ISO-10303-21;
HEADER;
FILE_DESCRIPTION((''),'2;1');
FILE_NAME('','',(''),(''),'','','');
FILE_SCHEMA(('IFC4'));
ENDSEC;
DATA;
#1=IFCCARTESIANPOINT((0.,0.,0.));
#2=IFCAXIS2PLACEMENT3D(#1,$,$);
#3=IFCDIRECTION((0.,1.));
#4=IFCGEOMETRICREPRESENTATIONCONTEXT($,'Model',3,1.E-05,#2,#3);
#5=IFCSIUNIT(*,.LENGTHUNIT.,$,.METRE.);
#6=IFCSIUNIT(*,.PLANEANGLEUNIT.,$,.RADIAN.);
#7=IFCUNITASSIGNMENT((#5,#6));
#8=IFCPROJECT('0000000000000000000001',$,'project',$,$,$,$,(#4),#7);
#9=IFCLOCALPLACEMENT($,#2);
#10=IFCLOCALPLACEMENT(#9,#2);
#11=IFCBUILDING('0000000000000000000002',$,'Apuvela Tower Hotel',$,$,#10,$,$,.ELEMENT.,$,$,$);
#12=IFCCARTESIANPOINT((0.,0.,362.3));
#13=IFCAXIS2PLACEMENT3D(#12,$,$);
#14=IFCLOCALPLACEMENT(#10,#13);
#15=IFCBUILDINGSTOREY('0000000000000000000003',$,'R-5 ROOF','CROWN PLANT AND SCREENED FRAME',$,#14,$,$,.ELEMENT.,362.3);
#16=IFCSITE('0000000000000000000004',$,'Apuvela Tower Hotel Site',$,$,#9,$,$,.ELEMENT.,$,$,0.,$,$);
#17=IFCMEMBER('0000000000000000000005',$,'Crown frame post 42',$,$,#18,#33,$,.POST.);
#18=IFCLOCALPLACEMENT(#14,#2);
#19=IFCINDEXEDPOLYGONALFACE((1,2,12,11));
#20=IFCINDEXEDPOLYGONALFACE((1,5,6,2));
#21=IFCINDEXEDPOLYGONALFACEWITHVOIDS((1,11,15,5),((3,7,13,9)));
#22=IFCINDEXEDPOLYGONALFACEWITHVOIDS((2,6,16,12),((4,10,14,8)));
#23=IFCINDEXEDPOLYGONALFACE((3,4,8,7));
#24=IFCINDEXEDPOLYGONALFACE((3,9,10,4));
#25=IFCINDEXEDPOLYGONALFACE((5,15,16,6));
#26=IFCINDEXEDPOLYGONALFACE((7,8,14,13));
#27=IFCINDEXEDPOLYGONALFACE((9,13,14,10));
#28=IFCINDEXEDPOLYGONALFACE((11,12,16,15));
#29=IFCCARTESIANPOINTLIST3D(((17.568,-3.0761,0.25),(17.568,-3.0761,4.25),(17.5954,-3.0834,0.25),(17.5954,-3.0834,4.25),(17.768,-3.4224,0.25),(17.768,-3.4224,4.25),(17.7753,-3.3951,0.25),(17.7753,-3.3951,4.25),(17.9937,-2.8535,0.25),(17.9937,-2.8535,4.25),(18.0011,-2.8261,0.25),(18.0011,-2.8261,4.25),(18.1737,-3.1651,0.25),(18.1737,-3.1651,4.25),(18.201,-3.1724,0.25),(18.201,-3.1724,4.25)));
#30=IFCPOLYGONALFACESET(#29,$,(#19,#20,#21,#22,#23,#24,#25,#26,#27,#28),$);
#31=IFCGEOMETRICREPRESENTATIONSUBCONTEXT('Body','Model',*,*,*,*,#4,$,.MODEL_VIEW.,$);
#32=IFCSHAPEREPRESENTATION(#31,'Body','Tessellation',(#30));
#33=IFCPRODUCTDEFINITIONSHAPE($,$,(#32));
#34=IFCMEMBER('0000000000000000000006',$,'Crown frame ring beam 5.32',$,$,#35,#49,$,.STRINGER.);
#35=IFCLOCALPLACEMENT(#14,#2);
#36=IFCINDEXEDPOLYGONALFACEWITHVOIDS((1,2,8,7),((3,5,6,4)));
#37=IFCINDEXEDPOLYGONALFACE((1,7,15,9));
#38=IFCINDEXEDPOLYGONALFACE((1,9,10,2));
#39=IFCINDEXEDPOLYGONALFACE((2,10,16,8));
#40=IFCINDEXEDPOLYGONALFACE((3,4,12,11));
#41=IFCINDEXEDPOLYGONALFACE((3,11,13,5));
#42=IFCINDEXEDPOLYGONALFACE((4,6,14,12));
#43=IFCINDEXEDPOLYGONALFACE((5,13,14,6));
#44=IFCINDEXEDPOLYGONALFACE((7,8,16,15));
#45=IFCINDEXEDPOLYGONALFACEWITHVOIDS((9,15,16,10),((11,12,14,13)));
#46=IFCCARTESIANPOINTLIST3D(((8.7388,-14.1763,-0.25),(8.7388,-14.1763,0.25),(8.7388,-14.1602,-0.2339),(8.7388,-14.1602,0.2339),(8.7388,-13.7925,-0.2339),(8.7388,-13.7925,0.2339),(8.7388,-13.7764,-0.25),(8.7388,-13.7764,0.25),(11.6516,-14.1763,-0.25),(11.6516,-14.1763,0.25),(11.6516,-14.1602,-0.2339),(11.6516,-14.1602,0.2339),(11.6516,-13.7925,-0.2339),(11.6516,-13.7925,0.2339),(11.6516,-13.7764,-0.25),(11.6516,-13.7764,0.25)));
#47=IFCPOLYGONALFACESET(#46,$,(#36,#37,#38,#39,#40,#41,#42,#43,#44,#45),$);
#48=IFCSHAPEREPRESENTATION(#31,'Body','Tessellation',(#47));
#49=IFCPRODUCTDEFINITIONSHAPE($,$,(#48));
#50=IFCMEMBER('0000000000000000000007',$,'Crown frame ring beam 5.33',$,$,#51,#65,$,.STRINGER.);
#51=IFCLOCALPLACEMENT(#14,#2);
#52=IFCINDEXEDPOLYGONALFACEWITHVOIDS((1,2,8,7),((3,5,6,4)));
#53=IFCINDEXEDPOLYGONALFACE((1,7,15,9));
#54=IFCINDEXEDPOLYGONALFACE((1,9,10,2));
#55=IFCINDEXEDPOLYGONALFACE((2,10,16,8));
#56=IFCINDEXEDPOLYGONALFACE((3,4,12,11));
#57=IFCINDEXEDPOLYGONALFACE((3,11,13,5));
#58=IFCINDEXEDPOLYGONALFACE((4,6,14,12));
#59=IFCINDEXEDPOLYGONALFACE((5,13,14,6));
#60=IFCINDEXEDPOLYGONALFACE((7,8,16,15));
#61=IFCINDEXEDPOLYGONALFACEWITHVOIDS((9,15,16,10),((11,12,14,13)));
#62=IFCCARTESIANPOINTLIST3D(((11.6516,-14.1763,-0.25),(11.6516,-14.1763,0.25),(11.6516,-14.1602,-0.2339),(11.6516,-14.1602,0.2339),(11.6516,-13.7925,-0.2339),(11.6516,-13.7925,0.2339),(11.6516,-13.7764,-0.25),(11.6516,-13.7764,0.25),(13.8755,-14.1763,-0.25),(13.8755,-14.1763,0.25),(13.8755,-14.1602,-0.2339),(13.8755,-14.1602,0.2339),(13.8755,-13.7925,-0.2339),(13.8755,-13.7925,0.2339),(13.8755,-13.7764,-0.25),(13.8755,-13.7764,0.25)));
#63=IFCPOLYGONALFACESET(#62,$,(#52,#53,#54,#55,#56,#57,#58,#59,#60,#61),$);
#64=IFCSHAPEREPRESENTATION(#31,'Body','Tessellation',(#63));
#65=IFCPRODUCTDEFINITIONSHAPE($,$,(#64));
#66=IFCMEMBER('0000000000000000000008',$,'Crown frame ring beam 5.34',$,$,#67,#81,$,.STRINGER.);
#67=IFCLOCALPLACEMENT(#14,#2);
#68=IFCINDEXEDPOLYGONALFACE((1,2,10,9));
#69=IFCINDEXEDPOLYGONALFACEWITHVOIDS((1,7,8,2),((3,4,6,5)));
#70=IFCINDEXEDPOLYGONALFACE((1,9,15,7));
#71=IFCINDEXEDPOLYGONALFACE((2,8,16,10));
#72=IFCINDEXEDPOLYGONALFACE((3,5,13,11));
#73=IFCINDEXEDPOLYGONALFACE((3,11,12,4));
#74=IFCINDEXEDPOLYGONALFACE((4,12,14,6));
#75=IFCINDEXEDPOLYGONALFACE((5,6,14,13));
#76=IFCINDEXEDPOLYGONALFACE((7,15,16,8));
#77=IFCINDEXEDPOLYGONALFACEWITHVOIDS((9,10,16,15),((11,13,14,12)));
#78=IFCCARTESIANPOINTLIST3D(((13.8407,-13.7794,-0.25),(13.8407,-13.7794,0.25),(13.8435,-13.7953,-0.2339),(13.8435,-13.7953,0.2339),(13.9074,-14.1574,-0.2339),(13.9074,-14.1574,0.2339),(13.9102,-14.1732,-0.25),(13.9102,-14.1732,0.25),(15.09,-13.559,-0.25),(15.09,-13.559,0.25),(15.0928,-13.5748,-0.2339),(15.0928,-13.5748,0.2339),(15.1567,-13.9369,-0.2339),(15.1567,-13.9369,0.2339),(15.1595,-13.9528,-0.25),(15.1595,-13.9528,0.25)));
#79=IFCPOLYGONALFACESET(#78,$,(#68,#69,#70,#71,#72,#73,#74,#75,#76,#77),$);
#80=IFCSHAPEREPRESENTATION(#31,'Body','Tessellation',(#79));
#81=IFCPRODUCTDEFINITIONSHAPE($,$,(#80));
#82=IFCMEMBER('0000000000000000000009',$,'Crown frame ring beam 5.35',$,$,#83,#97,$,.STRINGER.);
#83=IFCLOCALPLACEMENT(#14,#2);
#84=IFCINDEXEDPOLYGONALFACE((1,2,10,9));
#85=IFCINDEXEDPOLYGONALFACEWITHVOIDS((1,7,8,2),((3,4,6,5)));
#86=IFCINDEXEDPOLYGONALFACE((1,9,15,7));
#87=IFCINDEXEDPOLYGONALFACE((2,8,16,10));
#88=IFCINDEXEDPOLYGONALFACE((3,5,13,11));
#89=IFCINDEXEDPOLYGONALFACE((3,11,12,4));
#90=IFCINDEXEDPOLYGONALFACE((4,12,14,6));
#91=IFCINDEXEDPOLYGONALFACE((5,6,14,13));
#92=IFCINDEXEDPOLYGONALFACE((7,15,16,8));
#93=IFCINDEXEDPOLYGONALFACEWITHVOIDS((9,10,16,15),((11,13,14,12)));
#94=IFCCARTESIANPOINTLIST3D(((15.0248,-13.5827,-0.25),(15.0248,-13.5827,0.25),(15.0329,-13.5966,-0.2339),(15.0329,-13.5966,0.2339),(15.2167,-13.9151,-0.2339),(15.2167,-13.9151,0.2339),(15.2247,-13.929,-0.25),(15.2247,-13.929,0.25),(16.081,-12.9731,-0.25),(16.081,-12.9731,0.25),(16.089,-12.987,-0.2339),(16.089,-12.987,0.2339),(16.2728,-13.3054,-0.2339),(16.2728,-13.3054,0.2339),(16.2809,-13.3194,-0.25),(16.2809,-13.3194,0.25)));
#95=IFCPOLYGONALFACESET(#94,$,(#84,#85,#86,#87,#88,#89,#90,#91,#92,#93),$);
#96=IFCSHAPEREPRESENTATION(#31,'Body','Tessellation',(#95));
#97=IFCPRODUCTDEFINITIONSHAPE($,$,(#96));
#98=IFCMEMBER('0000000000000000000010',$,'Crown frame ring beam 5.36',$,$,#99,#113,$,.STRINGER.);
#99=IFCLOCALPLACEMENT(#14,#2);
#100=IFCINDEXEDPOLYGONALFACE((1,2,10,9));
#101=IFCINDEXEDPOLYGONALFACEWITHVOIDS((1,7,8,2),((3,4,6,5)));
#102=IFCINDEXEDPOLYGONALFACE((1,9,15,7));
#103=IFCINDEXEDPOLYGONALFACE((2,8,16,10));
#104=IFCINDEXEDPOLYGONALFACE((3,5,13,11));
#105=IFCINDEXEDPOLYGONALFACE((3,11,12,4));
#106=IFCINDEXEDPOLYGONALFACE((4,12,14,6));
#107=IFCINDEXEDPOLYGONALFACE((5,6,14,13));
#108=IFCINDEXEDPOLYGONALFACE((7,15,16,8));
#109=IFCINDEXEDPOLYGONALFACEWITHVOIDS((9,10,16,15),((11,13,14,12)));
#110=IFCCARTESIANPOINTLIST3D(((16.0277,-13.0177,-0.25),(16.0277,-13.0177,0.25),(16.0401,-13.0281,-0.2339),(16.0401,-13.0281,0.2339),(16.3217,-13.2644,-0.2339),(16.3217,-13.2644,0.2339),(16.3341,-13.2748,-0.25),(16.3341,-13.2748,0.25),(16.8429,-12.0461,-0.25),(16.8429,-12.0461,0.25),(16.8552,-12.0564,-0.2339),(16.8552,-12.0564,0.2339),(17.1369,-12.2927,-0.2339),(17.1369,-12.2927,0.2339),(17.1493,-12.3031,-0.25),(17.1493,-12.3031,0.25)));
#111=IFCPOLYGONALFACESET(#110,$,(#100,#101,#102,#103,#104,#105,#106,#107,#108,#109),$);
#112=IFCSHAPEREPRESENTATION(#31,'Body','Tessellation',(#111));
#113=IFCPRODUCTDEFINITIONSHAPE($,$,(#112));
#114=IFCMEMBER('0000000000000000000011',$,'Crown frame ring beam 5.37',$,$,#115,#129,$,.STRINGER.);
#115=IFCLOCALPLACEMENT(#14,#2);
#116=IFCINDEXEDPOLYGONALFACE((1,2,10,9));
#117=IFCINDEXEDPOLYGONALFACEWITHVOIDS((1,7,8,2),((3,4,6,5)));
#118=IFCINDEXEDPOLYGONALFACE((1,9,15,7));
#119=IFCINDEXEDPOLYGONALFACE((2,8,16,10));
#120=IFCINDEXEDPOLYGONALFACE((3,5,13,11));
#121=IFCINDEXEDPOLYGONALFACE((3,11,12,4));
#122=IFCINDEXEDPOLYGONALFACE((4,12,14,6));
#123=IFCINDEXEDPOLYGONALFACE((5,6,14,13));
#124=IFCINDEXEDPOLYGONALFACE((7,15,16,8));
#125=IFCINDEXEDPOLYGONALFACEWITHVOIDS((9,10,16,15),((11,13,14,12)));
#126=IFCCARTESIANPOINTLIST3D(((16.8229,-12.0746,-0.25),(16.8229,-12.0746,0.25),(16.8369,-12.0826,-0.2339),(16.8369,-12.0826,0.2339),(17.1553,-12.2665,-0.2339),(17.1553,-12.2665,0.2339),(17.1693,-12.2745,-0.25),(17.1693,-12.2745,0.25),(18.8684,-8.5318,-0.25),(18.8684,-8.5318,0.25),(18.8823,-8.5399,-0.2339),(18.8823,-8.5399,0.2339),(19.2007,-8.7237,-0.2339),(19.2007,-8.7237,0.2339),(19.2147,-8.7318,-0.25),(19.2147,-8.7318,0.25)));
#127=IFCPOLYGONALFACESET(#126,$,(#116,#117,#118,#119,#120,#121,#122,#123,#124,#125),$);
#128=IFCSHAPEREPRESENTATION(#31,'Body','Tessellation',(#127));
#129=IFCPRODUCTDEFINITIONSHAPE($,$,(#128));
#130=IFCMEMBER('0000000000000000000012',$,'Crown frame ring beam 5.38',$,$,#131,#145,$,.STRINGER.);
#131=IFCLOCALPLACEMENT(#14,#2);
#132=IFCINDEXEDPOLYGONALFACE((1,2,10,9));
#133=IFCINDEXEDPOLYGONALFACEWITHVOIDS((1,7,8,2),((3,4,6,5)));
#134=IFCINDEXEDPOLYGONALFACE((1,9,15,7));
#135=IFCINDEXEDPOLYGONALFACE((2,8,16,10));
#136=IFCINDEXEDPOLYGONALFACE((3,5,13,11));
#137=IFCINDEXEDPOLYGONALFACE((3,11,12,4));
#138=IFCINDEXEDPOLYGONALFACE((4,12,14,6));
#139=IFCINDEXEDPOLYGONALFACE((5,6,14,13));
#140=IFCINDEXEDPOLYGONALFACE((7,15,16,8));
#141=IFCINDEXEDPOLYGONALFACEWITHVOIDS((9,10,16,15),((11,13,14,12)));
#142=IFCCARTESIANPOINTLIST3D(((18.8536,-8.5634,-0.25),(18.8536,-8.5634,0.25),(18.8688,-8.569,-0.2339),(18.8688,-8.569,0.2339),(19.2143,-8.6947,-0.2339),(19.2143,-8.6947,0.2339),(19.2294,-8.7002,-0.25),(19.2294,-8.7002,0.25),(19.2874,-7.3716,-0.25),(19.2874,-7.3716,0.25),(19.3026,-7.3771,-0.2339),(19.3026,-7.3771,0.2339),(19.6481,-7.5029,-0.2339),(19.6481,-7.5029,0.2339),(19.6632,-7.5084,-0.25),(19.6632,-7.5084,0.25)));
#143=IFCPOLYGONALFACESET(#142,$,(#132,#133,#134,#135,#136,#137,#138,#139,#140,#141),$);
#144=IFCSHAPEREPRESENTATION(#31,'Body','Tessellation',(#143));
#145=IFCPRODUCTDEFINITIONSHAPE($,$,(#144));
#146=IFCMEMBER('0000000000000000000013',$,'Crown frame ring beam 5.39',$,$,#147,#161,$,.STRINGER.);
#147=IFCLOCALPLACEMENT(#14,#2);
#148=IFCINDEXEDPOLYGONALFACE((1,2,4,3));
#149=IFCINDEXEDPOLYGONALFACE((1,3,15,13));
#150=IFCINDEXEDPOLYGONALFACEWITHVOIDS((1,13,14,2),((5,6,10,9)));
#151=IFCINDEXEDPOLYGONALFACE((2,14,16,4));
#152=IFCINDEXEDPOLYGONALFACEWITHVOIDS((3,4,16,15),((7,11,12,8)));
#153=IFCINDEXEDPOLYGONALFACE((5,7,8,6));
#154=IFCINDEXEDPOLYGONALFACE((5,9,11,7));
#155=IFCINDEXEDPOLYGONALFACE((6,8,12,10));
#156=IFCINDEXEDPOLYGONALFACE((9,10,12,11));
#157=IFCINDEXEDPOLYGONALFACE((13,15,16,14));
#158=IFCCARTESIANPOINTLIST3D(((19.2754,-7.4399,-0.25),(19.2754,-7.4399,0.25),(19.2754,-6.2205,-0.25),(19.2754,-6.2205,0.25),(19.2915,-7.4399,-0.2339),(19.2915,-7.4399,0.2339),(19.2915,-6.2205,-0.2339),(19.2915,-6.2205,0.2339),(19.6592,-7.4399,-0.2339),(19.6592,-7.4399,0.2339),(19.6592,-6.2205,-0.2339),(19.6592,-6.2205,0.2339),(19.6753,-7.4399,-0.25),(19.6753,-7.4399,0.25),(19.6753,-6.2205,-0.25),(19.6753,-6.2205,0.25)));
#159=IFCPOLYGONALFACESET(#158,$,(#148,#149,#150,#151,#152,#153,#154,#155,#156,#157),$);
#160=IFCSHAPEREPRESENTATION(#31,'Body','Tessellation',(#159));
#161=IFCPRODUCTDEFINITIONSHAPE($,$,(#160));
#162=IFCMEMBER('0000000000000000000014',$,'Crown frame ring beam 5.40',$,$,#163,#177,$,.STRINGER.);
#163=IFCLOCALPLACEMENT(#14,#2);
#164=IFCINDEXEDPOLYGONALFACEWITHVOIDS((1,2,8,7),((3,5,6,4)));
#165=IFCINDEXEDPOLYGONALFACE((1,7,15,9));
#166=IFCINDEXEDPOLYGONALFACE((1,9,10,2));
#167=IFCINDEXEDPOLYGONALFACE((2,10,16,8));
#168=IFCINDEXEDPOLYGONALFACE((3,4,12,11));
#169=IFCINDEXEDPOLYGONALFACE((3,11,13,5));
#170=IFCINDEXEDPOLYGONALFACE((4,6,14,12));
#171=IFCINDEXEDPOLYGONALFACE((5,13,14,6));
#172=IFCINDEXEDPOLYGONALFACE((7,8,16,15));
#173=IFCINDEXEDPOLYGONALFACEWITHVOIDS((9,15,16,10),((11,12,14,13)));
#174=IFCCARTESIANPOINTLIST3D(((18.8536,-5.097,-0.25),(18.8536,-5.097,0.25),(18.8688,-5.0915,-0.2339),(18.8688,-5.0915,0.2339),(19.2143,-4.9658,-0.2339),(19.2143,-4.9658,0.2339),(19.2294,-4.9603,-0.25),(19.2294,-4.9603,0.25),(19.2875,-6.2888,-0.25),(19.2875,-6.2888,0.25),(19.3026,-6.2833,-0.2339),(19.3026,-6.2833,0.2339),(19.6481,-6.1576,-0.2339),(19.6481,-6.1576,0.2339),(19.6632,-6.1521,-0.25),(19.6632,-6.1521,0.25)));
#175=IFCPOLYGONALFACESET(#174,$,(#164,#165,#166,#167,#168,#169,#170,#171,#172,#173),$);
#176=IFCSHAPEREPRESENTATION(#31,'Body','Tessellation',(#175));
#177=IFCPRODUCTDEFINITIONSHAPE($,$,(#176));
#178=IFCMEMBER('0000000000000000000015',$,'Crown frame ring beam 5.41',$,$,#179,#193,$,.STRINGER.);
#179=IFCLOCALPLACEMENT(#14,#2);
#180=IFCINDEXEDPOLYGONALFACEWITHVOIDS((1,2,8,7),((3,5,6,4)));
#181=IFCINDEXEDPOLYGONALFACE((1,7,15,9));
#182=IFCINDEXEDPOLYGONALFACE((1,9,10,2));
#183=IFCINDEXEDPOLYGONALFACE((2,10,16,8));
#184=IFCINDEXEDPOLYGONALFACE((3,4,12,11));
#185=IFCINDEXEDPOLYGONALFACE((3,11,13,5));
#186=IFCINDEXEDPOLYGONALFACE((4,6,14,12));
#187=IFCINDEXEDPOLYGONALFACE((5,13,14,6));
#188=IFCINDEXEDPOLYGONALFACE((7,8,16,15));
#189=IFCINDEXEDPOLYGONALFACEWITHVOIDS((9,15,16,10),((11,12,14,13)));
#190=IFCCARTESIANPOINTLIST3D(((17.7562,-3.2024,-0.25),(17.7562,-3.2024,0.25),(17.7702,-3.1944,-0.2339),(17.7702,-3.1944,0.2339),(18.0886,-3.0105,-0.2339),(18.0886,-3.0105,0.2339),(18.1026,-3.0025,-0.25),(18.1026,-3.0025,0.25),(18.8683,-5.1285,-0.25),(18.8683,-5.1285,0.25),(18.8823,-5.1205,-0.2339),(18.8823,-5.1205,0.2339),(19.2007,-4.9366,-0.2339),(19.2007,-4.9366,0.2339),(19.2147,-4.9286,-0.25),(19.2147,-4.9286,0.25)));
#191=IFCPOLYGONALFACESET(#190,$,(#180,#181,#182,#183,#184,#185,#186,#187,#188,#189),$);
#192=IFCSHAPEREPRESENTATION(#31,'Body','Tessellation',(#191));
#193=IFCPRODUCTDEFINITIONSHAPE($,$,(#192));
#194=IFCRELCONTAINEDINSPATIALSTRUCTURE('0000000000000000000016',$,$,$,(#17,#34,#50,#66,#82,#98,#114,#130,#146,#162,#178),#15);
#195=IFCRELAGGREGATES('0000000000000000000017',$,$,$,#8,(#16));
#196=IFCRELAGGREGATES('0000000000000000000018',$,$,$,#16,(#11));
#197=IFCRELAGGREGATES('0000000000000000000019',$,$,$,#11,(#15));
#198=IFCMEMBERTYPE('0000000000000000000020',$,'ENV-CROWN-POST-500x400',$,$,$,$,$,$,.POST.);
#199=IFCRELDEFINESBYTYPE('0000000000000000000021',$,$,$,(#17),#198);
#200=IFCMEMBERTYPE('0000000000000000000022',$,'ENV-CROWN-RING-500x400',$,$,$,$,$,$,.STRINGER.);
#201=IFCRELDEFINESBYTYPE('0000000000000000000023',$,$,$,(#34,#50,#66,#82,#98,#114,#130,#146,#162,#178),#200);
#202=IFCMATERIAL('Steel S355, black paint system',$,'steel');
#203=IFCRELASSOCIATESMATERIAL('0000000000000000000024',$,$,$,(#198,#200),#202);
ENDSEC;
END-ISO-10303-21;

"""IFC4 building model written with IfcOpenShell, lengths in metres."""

from ifc_helpers import new_model, si_unit, direction, frame, origin, origin_2d, place, context, subcontext, project, spatial, hollow_rectangle, extrude, material, material_profile, profile_set, type_object, element, save


model = new_model("IFC4")

# Units and contexts
model_context = context("Model", 3, precision=1e-05, world=origin(), true_north=direction((0.0, 1.0)))
body_context = subcontext(model_context, "Body", "Model", "MODEL_VIEW")
ifc_project = project(units=[si_unit("LENGTHUNIT", "METRE"), si_unit("PLANEANGLEUNIT", "RADIAN")], contexts=[model_context])

# Site, building, storey
site_placement = place(None, origin())
site = spatial("IfcSite", under=ifc_project, at=site_placement, Name="Apuvela Tower Hotel Site", CompositionType="ELEMENT", RefElevation=0.0)
building_placement = place(site_placement, origin())
building = spatial("IfcBuilding", under=site, at=building_placement, Name="Apuvela Tower Hotel", CompositionType="ELEMENT")
storey_placement = place(building_placement, frame((0.0, 0.0, 362.3)))
storey = spatial("IfcBuildingStorey", under=building, at=storey_placement, Name="R-5 ROOF", Description="CROWN PLANT AND SCREENED FRAME", CompositionType="ELEMENT", Elevation=362.3)

# Members
ifc_material_1 = material(Name="Steel S355, black paint system", Category="steel")
ifc_material_profile_1 = material_profile(ifc_material_1, hollow_rectangle(XDim=0.3999, YDim=0.5, WallThickness=0.02, at=origin_2d()), Name="HSS 500x400x20")
ifc_profile_set_1 = profile_set([ifc_material_profile_1], Name="Steel S355, black paint system")
member_type_1 = type_object("IfcMemberType", Name="ENV-CROWN-POST-500x400", PredefinedType="POST", material=ifc_profile_set_1)
for number, where, z_axis, x_axis, name in (
    (1, (17.8845, -3.1243, 0.25), (0.0, 0.0, 1.0), (-0.5, 0.866025, 0.0), "Crown frame post 42"),
):
    element("IfcMember", number, at=place(storey_placement, frame(where, z_axis=z_axis, x_axis=x_axis)), inside=storey, type_object=member_type_1, Name=name, PredefinedType="POST", context=body_context, shape_type="SweptSolid", body=[
        extrude(hollow_rectangle(XDim=0.3999, YDim=0.5, WallThickness=0.02, at=origin_2d()), origin(), (0.0, 0.0, 1.0), 4.0),
    ])
ifc_material_profile_2 = material_profile(ifc_material_1, hollow_rectangle(XDim=0.3999, YDim=0.5, WallThickness=0.0161, at=origin_2d()), Name="HSS 500x400x16")
ifc_profile_set_2 = profile_set([ifc_material_profile_2], Name="Steel S355, black paint system")
member_type_2 = type_object("IfcMemberType", Name="ENV-CROWN-RING-500x400", PredefinedType="STRINGER", material=ifc_profile_set_2)
member_1_placement = place(storey_placement, frame((8.7388, -13.9763, 0.0), z_axis=(1.0, 0.0, 0.0), x_axis=(0.0, 1.0, 0.0)))
element("IfcMember", 2, at=member_1_placement, inside=storey, type_object=member_type_2, Name="Crown frame ring beam 5.32", PredefinedType="STRINGER", context=body_context, shape_type="SweptSolid", body=[
    extrude(hollow_rectangle(XDim=0.3999, YDim=0.5, WallThickness=0.0161, at=origin_2d()), origin(), (0.0, 0.0, 1.0), 2.9128),
])
member_2_placement = place(storey_placement, frame((11.6516, -13.9763, 0.0), z_axis=(1.0, 0.0, 0.0), x_axis=(0.0, 1.0, 0.0)))
element("IfcMember", 3, at=member_2_placement, inside=storey, type_object=member_type_2, Name="Crown frame ring beam 5.33", PredefinedType="STRINGER", context=body_context, shape_type="SweptSolid", body=[
    extrude(hollow_rectangle(XDim=0.3999, YDim=0.5, WallThickness=0.0161, at=origin_2d()), origin(), (0.0, 0.0, 1.0), 2.2239),
])
member_3_placement = place(storey_placement, frame((13.8755, -13.9763, 0.0), z_axis=(0.984784, 0.173785, 0.0), x_axis=(-0.173785, 0.984784, 0.0)))
element("IfcMember", 4, at=member_3_placement, inside=storey, type_object=member_type_2, Name="Crown frame ring beam 5.34", PredefinedType="STRINGER", context=body_context, shape_type="SweptSolid", body=[
    extrude(hollow_rectangle(XDim=0.3999, YDim=0.5, WallThickness=0.0161, at=origin_2d()), origin(), (0.0, 0.0, 1.0), 1.2686),
])
member_4_placement = place(storey_placement, frame((15.1248, -13.7559, 0.0), z_axis=(0.866079, 0.499907, 0.0), x_axis=(-0.499907, 0.866079, 0.0)))
element("IfcMember", 5, at=member_4_placement, inside=storey, type_object=member_type_2, Name="Crown frame ring beam 5.35", PredefinedType="STRINGER", context=body_context, shape_type="SweptSolid", body=[
    extrude(hollow_rectangle(XDim=0.3999, YDim=0.5, WallThickness=0.0161, at=origin_2d()), origin(), (0.0, 0.0, 1.0), 1.2195),
])
member_5_placement = place(storey_placement, frame((16.1809, -13.1462, 0.0), z_axis=(0.642718, 0.766103, 0.0), x_axis=(-0.766103, 0.642718, 0.0)))
element("IfcMember", 6, at=member_5_placement, inside=storey, type_object=member_type_2, Name="Crown frame ring beam 5.36", PredefinedType="STRINGER", context=body_context, shape_type="SweptSolid", body=[
    extrude(hollow_rectangle(XDim=0.3999, YDim=0.5, WallThickness=0.0161, at=origin_2d()), origin(), (0.0, 0.0, 1.0), 1.2683),
])
member_6_placement = place(storey_placement, frame((16.9961, -12.1746, 0.0), z_axis=(0.500003, 0.866024, 0.0), x_axis=(-0.866024, 0.500003, 0.0)))
element("IfcMember", 7, at=member_6_placement, inside=storey, type_object=member_type_2, Name="Crown frame ring beam 5.37", PredefinedType="STRINGER", context=body_context, shape_type="SweptSolid", body=[
    extrude(hollow_rectangle(XDim=0.3999, YDim=0.5, WallThickness=0.0161, at=origin_2d()), origin(), (0.0, 0.0, 1.0), 4.0908),
])
member_7_placement = place(storey_placement, frame((19.0415, -8.6318, 0.0), z_axis=(0.342037, 0.939687, 0.0), x_axis=(-0.939687, 0.342037, 0.0)))
element("IfcMember", 8, at=member_7_placement, inside=storey, type_object=member_type_2, Name="Crown frame ring beam 5.38", PredefinedType="STRINGER", context=body_context, shape_type="SweptSolid", body=[
    extrude(hollow_rectangle(XDim=0.3999, YDim=0.5, WallThickness=0.0161, at=origin_2d()), origin(), (0.0, 0.0, 1.0), 1.2683),
])
member_8_placement = place(storey_placement, frame((19.4753, -7.4399, 0.0), z_axis=(0.0, 1.0, 0.0), x_axis=(-1.0, 0.0, 0.0)))
element("IfcMember", 9, at=member_8_placement, inside=storey, type_object=member_type_2, Name="Crown frame ring beam 5.39", PredefinedType="STRINGER", context=body_context, shape_type="SweptSolid", body=[
    extrude(hollow_rectangle(XDim=0.3999, YDim=0.5, WallThickness=0.0161, at=origin_2d()), origin(), (0.0, 0.0, 1.0), 1.2195),
])
member_9_placement = place(storey_placement, frame((19.4753, -6.2205, 0.0), z_axis=(-0.342037, 0.939687, 0.0), x_axis=(-0.939687, -0.342037, 0.0)))
element("IfcMember", 10, at=member_9_placement, inside=storey, type_object=member_type_2, Name="Crown frame ring beam 5.40", PredefinedType="STRINGER", context=body_context, shape_type="SweptSolid", body=[
    extrude(hollow_rectangle(XDim=0.3999, YDim=0.5, WallThickness=0.0161, at=origin_2d()), origin(), (0.0, 0.0, 1.0), 1.2683),
])
member_10_placement = place(storey_placement, frame((19.0415, -5.0286, 0.0), z_axis=(-0.500023, 0.866012, 0.0), x_axis=(-0.866012, -0.500023, 0.0)))
element("IfcMember", 11, at=member_10_placement, inside=storey, type_object=member_type_2, Name="Crown frame ring beam 5.41", PredefinedType="STRINGER", context=body_context, shape_type="SweptSolid", body=[
    extrude(hollow_rectangle(XDim=0.3999, YDim=0.5, WallThickness=0.0161, at=origin_2d()), origin(), (0.0, 0.0, 1.0), 2.2241),
])

save(model, "model.ifc")
